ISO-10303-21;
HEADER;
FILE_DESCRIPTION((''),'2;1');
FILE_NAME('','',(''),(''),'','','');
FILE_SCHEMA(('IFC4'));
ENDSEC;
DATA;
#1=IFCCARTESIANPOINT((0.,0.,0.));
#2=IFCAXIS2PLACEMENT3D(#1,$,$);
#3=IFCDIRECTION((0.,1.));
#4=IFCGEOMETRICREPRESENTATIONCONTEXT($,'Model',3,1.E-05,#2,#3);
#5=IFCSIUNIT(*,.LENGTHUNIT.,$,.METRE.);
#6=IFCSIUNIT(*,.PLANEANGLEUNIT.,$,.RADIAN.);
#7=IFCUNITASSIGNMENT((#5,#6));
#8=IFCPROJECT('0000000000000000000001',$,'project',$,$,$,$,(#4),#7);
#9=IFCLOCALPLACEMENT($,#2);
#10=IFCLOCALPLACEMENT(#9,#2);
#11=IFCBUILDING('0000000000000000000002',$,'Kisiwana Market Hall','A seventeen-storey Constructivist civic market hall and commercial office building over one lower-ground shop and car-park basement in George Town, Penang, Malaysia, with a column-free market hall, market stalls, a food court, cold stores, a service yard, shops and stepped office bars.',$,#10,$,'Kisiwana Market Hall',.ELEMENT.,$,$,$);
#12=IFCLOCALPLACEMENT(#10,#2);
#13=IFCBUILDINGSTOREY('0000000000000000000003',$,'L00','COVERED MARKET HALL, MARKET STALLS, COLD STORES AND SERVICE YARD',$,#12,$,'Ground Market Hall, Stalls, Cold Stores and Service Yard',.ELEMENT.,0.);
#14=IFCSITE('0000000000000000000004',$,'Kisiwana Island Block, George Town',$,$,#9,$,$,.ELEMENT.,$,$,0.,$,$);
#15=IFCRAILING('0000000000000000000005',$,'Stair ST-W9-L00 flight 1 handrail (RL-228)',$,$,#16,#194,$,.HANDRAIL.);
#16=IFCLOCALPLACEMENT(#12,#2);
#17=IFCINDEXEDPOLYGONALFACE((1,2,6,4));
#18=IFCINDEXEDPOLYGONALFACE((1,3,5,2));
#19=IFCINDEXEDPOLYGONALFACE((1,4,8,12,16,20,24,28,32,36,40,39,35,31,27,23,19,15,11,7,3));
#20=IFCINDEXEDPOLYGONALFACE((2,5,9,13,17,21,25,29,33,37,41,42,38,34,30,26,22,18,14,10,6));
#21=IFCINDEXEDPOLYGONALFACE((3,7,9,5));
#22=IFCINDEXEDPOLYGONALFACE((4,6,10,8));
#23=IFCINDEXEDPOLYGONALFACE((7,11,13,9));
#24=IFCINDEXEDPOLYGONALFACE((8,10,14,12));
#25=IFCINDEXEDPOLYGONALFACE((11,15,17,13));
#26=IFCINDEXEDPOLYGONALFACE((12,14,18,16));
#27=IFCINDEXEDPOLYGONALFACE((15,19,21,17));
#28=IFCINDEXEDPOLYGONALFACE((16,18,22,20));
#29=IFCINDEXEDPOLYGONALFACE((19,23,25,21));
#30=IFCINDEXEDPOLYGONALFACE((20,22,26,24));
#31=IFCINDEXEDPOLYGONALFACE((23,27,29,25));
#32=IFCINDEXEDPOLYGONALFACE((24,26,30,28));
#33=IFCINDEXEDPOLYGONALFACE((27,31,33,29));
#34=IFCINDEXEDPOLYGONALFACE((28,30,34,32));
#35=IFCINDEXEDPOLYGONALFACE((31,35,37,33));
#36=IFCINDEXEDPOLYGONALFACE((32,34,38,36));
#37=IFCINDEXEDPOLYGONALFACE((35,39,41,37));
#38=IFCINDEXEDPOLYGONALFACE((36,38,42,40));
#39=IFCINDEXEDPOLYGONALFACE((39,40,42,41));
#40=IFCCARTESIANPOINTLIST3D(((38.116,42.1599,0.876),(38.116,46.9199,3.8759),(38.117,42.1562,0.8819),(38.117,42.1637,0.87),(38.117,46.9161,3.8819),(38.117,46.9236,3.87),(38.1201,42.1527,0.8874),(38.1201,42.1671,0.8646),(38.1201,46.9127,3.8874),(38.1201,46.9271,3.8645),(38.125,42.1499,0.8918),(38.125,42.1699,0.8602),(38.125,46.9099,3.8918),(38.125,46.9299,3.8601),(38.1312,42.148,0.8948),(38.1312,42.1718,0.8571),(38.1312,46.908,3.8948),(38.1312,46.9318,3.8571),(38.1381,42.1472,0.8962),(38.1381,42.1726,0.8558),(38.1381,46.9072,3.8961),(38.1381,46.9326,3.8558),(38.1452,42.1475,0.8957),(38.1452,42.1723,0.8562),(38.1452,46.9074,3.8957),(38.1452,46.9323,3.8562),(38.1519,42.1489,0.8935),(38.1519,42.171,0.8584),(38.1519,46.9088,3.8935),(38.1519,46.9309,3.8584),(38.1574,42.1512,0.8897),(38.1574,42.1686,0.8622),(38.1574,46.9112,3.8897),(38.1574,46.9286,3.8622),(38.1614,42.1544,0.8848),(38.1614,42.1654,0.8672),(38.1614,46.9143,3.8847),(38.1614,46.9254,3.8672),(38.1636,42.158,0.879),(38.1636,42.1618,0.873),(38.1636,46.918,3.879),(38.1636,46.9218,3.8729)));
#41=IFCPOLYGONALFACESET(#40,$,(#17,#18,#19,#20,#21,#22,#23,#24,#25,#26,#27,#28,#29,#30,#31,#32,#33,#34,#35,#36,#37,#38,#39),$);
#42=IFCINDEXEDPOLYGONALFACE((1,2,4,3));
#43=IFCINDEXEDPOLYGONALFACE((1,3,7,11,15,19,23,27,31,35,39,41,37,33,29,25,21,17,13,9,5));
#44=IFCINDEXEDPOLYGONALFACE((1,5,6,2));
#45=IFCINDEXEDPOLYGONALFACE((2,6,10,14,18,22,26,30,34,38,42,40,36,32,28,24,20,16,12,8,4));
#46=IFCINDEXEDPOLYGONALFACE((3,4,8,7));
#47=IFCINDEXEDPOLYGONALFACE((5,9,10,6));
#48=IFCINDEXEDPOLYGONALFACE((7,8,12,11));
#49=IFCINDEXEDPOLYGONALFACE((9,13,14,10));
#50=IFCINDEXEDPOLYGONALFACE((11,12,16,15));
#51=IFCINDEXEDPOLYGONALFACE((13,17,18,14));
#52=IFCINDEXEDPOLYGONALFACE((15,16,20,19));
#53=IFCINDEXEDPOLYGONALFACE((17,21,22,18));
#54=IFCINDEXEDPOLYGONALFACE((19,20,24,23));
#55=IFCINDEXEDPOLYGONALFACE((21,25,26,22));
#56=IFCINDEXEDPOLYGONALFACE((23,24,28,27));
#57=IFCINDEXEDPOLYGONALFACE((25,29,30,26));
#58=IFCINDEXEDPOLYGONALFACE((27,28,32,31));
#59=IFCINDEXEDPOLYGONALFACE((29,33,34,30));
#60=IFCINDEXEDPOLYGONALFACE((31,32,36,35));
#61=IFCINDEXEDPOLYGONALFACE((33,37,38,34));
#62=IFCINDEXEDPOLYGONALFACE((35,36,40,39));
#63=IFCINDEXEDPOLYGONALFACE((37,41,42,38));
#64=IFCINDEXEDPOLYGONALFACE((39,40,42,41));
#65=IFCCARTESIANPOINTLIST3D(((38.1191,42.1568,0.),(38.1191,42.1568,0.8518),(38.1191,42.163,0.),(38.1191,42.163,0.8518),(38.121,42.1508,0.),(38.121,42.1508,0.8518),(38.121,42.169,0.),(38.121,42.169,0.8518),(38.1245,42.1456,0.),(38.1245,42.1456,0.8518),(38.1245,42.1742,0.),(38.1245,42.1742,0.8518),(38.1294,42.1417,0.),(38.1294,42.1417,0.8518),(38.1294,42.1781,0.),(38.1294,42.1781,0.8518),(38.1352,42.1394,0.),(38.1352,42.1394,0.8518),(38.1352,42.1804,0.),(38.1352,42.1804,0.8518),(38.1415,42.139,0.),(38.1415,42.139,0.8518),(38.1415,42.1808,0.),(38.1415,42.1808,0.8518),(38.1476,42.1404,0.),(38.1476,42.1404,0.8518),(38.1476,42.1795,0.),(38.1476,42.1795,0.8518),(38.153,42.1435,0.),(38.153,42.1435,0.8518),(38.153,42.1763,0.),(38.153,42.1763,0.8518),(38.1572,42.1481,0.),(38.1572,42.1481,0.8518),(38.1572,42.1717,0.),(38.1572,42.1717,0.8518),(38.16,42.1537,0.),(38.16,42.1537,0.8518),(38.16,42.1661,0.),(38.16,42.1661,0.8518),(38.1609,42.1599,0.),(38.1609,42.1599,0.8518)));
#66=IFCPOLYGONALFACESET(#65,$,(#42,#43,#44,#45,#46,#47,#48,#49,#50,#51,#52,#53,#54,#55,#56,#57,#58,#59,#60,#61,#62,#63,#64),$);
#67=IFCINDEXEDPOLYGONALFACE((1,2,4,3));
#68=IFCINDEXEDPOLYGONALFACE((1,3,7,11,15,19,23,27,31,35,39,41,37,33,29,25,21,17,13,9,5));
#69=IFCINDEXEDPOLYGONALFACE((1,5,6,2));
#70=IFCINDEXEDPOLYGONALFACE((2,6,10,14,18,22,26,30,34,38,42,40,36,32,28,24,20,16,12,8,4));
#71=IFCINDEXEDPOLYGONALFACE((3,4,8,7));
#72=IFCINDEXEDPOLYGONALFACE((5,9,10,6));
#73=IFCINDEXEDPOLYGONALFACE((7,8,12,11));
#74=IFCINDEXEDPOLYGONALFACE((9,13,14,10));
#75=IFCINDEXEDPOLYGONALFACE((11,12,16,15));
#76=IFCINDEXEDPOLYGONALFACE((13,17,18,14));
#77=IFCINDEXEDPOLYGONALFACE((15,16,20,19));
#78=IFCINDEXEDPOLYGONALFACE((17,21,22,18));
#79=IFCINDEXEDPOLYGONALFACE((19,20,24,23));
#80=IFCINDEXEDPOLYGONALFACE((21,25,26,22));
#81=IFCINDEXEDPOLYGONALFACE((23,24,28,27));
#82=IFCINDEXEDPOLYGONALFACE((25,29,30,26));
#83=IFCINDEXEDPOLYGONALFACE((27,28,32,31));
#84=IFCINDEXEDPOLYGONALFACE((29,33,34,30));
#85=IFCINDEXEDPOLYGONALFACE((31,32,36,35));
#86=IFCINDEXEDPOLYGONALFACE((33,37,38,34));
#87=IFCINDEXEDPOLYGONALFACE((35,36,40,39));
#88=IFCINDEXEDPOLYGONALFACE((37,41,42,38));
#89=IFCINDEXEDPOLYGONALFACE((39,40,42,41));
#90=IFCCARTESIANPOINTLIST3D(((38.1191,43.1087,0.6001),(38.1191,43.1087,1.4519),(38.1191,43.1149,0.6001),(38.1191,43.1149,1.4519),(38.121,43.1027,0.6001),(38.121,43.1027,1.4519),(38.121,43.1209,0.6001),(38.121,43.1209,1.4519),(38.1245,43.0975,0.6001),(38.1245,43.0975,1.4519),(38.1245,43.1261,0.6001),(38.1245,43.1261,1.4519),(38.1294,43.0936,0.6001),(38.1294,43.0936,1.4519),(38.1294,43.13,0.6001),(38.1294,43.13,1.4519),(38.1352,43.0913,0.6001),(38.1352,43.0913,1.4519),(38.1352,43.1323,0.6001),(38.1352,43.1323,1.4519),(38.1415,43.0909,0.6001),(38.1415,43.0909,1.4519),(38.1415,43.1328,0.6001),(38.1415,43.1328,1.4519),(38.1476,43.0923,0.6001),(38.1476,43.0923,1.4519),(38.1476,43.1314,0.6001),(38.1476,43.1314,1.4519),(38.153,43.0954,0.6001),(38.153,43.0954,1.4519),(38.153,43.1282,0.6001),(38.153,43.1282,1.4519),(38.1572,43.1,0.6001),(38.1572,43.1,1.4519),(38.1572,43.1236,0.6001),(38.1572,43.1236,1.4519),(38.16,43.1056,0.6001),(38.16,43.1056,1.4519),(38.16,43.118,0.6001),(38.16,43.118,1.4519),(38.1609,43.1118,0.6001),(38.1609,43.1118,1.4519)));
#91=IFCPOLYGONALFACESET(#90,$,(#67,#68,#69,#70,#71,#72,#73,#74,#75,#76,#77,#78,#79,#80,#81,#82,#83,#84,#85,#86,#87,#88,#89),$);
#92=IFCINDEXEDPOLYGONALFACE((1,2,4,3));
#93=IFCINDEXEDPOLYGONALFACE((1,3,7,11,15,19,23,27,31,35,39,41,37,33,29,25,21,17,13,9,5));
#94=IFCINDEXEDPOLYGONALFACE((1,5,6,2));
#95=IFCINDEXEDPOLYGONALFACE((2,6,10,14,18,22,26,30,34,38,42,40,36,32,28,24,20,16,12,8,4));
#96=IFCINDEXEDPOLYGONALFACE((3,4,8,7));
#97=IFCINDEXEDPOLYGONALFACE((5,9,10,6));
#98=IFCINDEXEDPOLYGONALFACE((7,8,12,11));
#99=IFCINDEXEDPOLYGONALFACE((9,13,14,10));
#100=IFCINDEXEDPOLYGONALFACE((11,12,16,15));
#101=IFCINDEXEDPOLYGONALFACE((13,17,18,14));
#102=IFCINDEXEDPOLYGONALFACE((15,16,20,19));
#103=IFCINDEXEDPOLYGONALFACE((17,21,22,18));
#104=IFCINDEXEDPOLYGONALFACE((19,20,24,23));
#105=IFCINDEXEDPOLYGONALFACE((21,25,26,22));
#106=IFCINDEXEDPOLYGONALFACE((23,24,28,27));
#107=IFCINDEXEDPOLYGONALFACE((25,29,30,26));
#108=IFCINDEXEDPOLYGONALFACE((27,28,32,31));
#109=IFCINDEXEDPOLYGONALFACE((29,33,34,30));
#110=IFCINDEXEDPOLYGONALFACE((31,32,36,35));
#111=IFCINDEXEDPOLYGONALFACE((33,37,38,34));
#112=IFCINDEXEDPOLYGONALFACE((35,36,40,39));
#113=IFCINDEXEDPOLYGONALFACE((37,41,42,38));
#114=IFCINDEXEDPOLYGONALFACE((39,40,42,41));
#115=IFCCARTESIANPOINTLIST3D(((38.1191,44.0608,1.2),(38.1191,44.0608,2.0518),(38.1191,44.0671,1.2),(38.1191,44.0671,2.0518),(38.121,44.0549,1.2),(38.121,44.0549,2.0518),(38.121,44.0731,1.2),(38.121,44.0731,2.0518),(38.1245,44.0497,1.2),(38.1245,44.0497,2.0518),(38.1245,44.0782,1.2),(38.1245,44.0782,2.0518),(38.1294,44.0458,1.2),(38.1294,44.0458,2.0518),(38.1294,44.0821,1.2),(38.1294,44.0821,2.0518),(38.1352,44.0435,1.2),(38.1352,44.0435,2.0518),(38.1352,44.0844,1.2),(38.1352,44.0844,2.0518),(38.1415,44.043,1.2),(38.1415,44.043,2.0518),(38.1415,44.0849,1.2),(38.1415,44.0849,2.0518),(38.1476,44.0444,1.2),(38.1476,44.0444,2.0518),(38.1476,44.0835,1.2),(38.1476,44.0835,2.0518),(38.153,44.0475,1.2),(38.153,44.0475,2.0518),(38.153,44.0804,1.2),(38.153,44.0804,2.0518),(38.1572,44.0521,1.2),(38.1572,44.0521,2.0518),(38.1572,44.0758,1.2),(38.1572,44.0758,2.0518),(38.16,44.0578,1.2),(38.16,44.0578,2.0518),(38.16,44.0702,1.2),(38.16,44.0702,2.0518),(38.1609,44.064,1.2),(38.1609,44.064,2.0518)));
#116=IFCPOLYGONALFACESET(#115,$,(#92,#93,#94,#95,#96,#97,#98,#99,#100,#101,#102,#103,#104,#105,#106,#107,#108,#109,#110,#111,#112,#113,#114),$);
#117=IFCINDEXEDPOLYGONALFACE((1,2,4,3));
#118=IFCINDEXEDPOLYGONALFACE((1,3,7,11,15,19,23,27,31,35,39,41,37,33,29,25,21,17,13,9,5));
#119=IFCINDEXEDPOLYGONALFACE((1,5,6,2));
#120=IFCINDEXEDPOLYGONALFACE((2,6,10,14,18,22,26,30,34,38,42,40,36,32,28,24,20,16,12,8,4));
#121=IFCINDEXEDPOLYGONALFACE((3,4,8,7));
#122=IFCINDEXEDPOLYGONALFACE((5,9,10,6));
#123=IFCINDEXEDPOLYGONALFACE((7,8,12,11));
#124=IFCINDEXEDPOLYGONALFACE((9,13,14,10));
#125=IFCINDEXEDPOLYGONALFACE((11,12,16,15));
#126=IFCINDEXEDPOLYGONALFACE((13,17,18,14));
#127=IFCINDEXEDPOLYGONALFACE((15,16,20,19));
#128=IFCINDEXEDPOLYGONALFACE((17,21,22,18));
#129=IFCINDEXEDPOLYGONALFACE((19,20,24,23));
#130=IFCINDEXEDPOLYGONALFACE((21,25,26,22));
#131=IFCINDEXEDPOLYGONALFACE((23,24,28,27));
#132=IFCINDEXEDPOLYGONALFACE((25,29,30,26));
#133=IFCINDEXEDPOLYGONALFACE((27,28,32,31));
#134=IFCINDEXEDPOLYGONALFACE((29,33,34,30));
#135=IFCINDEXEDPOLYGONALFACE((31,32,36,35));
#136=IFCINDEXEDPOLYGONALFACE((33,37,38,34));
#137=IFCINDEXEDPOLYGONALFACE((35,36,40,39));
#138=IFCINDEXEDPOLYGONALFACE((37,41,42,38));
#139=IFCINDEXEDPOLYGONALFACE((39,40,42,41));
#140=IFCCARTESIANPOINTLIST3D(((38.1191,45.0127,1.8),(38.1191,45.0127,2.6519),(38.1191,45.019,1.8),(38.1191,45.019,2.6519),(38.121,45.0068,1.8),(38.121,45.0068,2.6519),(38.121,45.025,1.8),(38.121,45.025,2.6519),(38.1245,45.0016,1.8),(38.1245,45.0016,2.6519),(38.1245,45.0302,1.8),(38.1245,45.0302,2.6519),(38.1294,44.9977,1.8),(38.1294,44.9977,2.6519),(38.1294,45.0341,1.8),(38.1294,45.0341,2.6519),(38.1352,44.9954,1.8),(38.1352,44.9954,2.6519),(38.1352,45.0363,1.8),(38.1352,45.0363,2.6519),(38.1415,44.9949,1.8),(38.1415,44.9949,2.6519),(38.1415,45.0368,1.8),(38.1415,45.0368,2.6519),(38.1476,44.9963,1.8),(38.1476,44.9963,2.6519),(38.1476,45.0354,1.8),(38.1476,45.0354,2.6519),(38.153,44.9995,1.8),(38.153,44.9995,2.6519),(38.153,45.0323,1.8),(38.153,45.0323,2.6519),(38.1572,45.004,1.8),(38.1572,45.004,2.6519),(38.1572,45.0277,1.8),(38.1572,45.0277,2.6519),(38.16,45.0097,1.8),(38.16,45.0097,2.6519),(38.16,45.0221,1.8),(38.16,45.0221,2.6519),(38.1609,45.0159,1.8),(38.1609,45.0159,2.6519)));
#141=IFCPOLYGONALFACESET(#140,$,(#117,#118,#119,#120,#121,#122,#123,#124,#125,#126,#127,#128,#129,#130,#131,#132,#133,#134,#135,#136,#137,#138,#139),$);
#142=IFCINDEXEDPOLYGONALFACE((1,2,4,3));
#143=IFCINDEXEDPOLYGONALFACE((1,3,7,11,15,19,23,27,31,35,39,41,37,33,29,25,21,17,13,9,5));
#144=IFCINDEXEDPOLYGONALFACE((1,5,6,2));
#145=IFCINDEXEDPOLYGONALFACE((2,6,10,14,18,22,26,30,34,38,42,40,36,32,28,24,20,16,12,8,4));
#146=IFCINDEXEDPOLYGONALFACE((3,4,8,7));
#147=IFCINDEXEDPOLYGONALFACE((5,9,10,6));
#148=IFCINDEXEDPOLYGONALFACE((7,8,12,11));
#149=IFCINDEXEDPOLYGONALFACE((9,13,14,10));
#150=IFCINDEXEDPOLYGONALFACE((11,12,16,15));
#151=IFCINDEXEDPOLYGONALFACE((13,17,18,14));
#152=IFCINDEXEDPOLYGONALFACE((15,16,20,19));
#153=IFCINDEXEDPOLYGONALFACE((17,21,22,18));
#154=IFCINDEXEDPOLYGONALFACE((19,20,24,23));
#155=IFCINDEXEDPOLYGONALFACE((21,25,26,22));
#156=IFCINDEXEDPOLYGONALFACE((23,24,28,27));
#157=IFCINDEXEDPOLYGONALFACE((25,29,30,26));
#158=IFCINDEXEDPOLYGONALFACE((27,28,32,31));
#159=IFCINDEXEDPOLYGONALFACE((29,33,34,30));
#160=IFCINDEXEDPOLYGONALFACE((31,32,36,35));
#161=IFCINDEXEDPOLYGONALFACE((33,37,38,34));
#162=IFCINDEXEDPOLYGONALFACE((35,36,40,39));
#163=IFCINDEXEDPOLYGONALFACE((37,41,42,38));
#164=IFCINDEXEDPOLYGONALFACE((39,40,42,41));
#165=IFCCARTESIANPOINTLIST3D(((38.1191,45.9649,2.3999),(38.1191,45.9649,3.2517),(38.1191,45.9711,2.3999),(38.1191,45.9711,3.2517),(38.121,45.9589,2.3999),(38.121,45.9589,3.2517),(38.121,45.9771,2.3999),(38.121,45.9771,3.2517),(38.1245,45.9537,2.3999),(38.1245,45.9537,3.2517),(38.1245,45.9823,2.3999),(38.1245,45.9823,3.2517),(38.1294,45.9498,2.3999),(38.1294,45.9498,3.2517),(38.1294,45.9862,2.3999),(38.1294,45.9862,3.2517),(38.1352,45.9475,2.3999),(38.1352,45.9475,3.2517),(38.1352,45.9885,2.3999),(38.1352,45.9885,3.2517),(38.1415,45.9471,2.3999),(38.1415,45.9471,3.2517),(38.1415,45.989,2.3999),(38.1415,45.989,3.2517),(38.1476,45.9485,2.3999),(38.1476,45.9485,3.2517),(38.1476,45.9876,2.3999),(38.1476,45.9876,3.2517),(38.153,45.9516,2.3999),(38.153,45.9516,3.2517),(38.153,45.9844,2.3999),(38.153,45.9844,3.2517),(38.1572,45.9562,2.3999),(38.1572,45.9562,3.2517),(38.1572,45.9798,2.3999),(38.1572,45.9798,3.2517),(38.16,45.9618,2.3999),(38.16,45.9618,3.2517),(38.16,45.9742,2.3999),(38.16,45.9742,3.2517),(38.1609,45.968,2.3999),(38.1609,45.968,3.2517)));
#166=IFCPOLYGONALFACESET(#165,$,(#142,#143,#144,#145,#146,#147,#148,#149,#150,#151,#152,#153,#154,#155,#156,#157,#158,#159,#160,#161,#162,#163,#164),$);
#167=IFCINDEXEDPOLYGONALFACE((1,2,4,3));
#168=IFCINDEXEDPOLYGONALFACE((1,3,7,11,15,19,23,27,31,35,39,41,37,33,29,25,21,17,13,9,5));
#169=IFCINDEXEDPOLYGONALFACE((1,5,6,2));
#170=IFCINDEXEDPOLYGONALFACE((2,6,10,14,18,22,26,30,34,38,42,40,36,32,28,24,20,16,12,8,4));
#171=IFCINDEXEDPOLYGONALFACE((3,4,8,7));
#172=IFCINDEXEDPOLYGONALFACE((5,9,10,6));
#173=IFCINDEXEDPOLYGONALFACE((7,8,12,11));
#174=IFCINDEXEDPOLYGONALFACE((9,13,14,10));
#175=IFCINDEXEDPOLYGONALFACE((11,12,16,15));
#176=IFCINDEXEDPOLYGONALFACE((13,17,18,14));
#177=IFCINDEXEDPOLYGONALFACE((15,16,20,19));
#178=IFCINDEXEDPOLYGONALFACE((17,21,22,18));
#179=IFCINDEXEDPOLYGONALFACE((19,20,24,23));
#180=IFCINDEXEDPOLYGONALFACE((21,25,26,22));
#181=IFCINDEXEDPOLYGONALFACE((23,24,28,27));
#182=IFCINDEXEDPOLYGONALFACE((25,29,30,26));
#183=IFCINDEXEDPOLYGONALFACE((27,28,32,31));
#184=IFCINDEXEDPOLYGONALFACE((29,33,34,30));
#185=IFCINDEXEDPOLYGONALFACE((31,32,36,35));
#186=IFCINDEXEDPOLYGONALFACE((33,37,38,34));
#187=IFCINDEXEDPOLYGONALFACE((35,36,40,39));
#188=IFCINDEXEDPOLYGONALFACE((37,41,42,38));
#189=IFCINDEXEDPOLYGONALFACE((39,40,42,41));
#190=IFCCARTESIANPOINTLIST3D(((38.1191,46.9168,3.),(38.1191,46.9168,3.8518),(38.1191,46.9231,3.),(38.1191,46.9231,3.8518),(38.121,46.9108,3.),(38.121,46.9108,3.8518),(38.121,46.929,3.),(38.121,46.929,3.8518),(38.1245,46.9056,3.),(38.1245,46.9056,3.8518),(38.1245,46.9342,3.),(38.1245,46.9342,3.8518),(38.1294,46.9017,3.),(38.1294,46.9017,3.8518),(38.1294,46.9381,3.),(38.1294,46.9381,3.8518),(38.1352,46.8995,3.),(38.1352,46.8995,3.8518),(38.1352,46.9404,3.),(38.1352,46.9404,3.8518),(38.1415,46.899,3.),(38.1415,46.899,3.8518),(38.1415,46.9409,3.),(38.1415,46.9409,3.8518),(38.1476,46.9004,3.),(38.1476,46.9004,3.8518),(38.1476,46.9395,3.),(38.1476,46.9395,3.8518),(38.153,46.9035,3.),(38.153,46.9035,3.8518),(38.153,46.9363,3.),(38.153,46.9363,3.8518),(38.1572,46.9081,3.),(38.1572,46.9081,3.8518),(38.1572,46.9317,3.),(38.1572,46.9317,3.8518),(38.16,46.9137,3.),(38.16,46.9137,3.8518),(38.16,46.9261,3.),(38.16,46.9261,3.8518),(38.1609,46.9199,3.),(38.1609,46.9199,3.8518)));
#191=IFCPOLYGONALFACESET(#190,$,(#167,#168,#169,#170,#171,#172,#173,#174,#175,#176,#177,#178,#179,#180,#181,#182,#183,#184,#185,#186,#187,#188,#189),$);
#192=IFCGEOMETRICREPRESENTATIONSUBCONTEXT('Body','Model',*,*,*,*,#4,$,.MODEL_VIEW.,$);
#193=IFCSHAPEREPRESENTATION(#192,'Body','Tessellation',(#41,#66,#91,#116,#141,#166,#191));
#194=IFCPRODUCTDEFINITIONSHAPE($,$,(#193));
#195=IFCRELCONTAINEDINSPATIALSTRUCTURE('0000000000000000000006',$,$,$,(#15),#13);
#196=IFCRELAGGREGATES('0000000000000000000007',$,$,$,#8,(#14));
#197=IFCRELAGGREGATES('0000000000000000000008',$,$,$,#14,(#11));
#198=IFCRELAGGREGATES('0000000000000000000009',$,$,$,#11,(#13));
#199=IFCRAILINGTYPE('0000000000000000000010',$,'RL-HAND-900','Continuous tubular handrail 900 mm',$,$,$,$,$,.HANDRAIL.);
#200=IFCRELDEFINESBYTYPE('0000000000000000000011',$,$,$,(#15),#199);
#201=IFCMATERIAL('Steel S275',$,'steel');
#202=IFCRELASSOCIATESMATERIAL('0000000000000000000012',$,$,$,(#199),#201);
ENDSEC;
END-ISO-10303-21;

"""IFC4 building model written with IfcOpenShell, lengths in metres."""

from ifc_helpers import new_model, si_unit, direction, frame, origin, origin_2d, place, context, subcontext, project, spatial, circle, extrude, material, type_object, element, save


model = new_model("IFC4")

# Units and contexts
model_context = context("Model", 3, precision=1e-05, world=origin(), true_north=direction((0.0, 1.0)))
body_context = subcontext(model_context, "Body", "Model", "MODEL_VIEW")
ifc_project = project(units=[si_unit("LENGTHUNIT", "METRE"), si_unit("PLANEANGLEUNIT", "RADIAN")], contexts=[model_context])

# Site, building, storey
site_placement = place(None, origin())
site = spatial("IfcSite", under=ifc_project, at=site_placement, Name="Kisiwana Island Block, George Town", CompositionType="ELEMENT", RefElevation=0.0)
building_placement = place(site_placement, origin())
building = spatial("IfcBuilding", under=site, at=building_placement, Name="Kisiwana Market Hall", Description="A seventeen-storey Constructivist civic market hall and commercial office building over one lower-ground shop and car-park basement in George Town, Penang, Malaysia, with a column-free market hall, market stalls, a food court, cold stores, a service yard, shops and stepped office bars.", LongName="Kisiwana Market Hall", CompositionType="ELEMENT")
storey_placement = place(building_placement, origin())
storey = spatial("IfcBuildingStorey", under=building, at=storey_placement, Name="L00", Description="COVERED MARKET HALL, MARKET STALLS, COLD STORES AND SERVICE YARD", LongName="Ground Market Hall, Stalls, Cold Stores and Service Yard", CompositionType="ELEMENT", Elevation=0.0)

# Railing
ifc_material_1 = material(Name="Steel S275", Category="steel")
railing_type_1 = type_object("IfcRailingType", Name="RL-HAND-900", Description="Continuous tubular handrail 900 mm", PredefinedType="HANDRAIL", material=ifc_material_1)
railing_1_placement = place(storey_placement, frame((38.1399, 42.1599, 0.0)))
element("IfcRailing", 1, at=railing_1_placement, inside=storey, type_object=railing_type_1, Name="Stair ST-W9-L00 flight 1 handrail (RL-228)", PredefinedType="HANDRAIL", context=body_context, shape_type="SweptSolid", body=[
    extrude(circle(Radius=0.0239, at=origin_2d()), frame((0.0, 0.0, 0.876), z_axis=(0.0, 0.845996, 0.53319), x_axis=(-1.0, 0.0, 0.0)), (0.0, 0.0, 1.0), 5.6265),
    extrude(circle(Radius=0.021, at=origin_2d()), origin(), (0.0, 0.0, 1.0), 0.8518),
    extrude(circle(Radius=0.021, at=origin_2d()), frame((0.0, 0.9519, 0.6001)), (0.0, 0.0, 1.0), 0.8518),
    extrude(circle(Radius=0.021, at=origin_2d()), frame((0.0, 1.9041, 1.2)), (0.0, 0.0, 1.0), 0.8518),
    extrude(circle(Radius=0.021, at=origin_2d()), frame((0.0, 2.856, 1.8)), (0.0, 0.0, 1.0), 0.8518),
    extrude(circle(Radius=0.021, at=origin_2d()), frame((0.0, 3.8081, 2.3999)), (0.0, 0.0, 1.0), 0.8518),
    extrude(circle(Radius=0.021, at=origin_2d()), frame((0.0, 4.76, 3.0)), (0.0, 0.0, 1.0), 0.8518),
])

save(model, "model.ifc")
